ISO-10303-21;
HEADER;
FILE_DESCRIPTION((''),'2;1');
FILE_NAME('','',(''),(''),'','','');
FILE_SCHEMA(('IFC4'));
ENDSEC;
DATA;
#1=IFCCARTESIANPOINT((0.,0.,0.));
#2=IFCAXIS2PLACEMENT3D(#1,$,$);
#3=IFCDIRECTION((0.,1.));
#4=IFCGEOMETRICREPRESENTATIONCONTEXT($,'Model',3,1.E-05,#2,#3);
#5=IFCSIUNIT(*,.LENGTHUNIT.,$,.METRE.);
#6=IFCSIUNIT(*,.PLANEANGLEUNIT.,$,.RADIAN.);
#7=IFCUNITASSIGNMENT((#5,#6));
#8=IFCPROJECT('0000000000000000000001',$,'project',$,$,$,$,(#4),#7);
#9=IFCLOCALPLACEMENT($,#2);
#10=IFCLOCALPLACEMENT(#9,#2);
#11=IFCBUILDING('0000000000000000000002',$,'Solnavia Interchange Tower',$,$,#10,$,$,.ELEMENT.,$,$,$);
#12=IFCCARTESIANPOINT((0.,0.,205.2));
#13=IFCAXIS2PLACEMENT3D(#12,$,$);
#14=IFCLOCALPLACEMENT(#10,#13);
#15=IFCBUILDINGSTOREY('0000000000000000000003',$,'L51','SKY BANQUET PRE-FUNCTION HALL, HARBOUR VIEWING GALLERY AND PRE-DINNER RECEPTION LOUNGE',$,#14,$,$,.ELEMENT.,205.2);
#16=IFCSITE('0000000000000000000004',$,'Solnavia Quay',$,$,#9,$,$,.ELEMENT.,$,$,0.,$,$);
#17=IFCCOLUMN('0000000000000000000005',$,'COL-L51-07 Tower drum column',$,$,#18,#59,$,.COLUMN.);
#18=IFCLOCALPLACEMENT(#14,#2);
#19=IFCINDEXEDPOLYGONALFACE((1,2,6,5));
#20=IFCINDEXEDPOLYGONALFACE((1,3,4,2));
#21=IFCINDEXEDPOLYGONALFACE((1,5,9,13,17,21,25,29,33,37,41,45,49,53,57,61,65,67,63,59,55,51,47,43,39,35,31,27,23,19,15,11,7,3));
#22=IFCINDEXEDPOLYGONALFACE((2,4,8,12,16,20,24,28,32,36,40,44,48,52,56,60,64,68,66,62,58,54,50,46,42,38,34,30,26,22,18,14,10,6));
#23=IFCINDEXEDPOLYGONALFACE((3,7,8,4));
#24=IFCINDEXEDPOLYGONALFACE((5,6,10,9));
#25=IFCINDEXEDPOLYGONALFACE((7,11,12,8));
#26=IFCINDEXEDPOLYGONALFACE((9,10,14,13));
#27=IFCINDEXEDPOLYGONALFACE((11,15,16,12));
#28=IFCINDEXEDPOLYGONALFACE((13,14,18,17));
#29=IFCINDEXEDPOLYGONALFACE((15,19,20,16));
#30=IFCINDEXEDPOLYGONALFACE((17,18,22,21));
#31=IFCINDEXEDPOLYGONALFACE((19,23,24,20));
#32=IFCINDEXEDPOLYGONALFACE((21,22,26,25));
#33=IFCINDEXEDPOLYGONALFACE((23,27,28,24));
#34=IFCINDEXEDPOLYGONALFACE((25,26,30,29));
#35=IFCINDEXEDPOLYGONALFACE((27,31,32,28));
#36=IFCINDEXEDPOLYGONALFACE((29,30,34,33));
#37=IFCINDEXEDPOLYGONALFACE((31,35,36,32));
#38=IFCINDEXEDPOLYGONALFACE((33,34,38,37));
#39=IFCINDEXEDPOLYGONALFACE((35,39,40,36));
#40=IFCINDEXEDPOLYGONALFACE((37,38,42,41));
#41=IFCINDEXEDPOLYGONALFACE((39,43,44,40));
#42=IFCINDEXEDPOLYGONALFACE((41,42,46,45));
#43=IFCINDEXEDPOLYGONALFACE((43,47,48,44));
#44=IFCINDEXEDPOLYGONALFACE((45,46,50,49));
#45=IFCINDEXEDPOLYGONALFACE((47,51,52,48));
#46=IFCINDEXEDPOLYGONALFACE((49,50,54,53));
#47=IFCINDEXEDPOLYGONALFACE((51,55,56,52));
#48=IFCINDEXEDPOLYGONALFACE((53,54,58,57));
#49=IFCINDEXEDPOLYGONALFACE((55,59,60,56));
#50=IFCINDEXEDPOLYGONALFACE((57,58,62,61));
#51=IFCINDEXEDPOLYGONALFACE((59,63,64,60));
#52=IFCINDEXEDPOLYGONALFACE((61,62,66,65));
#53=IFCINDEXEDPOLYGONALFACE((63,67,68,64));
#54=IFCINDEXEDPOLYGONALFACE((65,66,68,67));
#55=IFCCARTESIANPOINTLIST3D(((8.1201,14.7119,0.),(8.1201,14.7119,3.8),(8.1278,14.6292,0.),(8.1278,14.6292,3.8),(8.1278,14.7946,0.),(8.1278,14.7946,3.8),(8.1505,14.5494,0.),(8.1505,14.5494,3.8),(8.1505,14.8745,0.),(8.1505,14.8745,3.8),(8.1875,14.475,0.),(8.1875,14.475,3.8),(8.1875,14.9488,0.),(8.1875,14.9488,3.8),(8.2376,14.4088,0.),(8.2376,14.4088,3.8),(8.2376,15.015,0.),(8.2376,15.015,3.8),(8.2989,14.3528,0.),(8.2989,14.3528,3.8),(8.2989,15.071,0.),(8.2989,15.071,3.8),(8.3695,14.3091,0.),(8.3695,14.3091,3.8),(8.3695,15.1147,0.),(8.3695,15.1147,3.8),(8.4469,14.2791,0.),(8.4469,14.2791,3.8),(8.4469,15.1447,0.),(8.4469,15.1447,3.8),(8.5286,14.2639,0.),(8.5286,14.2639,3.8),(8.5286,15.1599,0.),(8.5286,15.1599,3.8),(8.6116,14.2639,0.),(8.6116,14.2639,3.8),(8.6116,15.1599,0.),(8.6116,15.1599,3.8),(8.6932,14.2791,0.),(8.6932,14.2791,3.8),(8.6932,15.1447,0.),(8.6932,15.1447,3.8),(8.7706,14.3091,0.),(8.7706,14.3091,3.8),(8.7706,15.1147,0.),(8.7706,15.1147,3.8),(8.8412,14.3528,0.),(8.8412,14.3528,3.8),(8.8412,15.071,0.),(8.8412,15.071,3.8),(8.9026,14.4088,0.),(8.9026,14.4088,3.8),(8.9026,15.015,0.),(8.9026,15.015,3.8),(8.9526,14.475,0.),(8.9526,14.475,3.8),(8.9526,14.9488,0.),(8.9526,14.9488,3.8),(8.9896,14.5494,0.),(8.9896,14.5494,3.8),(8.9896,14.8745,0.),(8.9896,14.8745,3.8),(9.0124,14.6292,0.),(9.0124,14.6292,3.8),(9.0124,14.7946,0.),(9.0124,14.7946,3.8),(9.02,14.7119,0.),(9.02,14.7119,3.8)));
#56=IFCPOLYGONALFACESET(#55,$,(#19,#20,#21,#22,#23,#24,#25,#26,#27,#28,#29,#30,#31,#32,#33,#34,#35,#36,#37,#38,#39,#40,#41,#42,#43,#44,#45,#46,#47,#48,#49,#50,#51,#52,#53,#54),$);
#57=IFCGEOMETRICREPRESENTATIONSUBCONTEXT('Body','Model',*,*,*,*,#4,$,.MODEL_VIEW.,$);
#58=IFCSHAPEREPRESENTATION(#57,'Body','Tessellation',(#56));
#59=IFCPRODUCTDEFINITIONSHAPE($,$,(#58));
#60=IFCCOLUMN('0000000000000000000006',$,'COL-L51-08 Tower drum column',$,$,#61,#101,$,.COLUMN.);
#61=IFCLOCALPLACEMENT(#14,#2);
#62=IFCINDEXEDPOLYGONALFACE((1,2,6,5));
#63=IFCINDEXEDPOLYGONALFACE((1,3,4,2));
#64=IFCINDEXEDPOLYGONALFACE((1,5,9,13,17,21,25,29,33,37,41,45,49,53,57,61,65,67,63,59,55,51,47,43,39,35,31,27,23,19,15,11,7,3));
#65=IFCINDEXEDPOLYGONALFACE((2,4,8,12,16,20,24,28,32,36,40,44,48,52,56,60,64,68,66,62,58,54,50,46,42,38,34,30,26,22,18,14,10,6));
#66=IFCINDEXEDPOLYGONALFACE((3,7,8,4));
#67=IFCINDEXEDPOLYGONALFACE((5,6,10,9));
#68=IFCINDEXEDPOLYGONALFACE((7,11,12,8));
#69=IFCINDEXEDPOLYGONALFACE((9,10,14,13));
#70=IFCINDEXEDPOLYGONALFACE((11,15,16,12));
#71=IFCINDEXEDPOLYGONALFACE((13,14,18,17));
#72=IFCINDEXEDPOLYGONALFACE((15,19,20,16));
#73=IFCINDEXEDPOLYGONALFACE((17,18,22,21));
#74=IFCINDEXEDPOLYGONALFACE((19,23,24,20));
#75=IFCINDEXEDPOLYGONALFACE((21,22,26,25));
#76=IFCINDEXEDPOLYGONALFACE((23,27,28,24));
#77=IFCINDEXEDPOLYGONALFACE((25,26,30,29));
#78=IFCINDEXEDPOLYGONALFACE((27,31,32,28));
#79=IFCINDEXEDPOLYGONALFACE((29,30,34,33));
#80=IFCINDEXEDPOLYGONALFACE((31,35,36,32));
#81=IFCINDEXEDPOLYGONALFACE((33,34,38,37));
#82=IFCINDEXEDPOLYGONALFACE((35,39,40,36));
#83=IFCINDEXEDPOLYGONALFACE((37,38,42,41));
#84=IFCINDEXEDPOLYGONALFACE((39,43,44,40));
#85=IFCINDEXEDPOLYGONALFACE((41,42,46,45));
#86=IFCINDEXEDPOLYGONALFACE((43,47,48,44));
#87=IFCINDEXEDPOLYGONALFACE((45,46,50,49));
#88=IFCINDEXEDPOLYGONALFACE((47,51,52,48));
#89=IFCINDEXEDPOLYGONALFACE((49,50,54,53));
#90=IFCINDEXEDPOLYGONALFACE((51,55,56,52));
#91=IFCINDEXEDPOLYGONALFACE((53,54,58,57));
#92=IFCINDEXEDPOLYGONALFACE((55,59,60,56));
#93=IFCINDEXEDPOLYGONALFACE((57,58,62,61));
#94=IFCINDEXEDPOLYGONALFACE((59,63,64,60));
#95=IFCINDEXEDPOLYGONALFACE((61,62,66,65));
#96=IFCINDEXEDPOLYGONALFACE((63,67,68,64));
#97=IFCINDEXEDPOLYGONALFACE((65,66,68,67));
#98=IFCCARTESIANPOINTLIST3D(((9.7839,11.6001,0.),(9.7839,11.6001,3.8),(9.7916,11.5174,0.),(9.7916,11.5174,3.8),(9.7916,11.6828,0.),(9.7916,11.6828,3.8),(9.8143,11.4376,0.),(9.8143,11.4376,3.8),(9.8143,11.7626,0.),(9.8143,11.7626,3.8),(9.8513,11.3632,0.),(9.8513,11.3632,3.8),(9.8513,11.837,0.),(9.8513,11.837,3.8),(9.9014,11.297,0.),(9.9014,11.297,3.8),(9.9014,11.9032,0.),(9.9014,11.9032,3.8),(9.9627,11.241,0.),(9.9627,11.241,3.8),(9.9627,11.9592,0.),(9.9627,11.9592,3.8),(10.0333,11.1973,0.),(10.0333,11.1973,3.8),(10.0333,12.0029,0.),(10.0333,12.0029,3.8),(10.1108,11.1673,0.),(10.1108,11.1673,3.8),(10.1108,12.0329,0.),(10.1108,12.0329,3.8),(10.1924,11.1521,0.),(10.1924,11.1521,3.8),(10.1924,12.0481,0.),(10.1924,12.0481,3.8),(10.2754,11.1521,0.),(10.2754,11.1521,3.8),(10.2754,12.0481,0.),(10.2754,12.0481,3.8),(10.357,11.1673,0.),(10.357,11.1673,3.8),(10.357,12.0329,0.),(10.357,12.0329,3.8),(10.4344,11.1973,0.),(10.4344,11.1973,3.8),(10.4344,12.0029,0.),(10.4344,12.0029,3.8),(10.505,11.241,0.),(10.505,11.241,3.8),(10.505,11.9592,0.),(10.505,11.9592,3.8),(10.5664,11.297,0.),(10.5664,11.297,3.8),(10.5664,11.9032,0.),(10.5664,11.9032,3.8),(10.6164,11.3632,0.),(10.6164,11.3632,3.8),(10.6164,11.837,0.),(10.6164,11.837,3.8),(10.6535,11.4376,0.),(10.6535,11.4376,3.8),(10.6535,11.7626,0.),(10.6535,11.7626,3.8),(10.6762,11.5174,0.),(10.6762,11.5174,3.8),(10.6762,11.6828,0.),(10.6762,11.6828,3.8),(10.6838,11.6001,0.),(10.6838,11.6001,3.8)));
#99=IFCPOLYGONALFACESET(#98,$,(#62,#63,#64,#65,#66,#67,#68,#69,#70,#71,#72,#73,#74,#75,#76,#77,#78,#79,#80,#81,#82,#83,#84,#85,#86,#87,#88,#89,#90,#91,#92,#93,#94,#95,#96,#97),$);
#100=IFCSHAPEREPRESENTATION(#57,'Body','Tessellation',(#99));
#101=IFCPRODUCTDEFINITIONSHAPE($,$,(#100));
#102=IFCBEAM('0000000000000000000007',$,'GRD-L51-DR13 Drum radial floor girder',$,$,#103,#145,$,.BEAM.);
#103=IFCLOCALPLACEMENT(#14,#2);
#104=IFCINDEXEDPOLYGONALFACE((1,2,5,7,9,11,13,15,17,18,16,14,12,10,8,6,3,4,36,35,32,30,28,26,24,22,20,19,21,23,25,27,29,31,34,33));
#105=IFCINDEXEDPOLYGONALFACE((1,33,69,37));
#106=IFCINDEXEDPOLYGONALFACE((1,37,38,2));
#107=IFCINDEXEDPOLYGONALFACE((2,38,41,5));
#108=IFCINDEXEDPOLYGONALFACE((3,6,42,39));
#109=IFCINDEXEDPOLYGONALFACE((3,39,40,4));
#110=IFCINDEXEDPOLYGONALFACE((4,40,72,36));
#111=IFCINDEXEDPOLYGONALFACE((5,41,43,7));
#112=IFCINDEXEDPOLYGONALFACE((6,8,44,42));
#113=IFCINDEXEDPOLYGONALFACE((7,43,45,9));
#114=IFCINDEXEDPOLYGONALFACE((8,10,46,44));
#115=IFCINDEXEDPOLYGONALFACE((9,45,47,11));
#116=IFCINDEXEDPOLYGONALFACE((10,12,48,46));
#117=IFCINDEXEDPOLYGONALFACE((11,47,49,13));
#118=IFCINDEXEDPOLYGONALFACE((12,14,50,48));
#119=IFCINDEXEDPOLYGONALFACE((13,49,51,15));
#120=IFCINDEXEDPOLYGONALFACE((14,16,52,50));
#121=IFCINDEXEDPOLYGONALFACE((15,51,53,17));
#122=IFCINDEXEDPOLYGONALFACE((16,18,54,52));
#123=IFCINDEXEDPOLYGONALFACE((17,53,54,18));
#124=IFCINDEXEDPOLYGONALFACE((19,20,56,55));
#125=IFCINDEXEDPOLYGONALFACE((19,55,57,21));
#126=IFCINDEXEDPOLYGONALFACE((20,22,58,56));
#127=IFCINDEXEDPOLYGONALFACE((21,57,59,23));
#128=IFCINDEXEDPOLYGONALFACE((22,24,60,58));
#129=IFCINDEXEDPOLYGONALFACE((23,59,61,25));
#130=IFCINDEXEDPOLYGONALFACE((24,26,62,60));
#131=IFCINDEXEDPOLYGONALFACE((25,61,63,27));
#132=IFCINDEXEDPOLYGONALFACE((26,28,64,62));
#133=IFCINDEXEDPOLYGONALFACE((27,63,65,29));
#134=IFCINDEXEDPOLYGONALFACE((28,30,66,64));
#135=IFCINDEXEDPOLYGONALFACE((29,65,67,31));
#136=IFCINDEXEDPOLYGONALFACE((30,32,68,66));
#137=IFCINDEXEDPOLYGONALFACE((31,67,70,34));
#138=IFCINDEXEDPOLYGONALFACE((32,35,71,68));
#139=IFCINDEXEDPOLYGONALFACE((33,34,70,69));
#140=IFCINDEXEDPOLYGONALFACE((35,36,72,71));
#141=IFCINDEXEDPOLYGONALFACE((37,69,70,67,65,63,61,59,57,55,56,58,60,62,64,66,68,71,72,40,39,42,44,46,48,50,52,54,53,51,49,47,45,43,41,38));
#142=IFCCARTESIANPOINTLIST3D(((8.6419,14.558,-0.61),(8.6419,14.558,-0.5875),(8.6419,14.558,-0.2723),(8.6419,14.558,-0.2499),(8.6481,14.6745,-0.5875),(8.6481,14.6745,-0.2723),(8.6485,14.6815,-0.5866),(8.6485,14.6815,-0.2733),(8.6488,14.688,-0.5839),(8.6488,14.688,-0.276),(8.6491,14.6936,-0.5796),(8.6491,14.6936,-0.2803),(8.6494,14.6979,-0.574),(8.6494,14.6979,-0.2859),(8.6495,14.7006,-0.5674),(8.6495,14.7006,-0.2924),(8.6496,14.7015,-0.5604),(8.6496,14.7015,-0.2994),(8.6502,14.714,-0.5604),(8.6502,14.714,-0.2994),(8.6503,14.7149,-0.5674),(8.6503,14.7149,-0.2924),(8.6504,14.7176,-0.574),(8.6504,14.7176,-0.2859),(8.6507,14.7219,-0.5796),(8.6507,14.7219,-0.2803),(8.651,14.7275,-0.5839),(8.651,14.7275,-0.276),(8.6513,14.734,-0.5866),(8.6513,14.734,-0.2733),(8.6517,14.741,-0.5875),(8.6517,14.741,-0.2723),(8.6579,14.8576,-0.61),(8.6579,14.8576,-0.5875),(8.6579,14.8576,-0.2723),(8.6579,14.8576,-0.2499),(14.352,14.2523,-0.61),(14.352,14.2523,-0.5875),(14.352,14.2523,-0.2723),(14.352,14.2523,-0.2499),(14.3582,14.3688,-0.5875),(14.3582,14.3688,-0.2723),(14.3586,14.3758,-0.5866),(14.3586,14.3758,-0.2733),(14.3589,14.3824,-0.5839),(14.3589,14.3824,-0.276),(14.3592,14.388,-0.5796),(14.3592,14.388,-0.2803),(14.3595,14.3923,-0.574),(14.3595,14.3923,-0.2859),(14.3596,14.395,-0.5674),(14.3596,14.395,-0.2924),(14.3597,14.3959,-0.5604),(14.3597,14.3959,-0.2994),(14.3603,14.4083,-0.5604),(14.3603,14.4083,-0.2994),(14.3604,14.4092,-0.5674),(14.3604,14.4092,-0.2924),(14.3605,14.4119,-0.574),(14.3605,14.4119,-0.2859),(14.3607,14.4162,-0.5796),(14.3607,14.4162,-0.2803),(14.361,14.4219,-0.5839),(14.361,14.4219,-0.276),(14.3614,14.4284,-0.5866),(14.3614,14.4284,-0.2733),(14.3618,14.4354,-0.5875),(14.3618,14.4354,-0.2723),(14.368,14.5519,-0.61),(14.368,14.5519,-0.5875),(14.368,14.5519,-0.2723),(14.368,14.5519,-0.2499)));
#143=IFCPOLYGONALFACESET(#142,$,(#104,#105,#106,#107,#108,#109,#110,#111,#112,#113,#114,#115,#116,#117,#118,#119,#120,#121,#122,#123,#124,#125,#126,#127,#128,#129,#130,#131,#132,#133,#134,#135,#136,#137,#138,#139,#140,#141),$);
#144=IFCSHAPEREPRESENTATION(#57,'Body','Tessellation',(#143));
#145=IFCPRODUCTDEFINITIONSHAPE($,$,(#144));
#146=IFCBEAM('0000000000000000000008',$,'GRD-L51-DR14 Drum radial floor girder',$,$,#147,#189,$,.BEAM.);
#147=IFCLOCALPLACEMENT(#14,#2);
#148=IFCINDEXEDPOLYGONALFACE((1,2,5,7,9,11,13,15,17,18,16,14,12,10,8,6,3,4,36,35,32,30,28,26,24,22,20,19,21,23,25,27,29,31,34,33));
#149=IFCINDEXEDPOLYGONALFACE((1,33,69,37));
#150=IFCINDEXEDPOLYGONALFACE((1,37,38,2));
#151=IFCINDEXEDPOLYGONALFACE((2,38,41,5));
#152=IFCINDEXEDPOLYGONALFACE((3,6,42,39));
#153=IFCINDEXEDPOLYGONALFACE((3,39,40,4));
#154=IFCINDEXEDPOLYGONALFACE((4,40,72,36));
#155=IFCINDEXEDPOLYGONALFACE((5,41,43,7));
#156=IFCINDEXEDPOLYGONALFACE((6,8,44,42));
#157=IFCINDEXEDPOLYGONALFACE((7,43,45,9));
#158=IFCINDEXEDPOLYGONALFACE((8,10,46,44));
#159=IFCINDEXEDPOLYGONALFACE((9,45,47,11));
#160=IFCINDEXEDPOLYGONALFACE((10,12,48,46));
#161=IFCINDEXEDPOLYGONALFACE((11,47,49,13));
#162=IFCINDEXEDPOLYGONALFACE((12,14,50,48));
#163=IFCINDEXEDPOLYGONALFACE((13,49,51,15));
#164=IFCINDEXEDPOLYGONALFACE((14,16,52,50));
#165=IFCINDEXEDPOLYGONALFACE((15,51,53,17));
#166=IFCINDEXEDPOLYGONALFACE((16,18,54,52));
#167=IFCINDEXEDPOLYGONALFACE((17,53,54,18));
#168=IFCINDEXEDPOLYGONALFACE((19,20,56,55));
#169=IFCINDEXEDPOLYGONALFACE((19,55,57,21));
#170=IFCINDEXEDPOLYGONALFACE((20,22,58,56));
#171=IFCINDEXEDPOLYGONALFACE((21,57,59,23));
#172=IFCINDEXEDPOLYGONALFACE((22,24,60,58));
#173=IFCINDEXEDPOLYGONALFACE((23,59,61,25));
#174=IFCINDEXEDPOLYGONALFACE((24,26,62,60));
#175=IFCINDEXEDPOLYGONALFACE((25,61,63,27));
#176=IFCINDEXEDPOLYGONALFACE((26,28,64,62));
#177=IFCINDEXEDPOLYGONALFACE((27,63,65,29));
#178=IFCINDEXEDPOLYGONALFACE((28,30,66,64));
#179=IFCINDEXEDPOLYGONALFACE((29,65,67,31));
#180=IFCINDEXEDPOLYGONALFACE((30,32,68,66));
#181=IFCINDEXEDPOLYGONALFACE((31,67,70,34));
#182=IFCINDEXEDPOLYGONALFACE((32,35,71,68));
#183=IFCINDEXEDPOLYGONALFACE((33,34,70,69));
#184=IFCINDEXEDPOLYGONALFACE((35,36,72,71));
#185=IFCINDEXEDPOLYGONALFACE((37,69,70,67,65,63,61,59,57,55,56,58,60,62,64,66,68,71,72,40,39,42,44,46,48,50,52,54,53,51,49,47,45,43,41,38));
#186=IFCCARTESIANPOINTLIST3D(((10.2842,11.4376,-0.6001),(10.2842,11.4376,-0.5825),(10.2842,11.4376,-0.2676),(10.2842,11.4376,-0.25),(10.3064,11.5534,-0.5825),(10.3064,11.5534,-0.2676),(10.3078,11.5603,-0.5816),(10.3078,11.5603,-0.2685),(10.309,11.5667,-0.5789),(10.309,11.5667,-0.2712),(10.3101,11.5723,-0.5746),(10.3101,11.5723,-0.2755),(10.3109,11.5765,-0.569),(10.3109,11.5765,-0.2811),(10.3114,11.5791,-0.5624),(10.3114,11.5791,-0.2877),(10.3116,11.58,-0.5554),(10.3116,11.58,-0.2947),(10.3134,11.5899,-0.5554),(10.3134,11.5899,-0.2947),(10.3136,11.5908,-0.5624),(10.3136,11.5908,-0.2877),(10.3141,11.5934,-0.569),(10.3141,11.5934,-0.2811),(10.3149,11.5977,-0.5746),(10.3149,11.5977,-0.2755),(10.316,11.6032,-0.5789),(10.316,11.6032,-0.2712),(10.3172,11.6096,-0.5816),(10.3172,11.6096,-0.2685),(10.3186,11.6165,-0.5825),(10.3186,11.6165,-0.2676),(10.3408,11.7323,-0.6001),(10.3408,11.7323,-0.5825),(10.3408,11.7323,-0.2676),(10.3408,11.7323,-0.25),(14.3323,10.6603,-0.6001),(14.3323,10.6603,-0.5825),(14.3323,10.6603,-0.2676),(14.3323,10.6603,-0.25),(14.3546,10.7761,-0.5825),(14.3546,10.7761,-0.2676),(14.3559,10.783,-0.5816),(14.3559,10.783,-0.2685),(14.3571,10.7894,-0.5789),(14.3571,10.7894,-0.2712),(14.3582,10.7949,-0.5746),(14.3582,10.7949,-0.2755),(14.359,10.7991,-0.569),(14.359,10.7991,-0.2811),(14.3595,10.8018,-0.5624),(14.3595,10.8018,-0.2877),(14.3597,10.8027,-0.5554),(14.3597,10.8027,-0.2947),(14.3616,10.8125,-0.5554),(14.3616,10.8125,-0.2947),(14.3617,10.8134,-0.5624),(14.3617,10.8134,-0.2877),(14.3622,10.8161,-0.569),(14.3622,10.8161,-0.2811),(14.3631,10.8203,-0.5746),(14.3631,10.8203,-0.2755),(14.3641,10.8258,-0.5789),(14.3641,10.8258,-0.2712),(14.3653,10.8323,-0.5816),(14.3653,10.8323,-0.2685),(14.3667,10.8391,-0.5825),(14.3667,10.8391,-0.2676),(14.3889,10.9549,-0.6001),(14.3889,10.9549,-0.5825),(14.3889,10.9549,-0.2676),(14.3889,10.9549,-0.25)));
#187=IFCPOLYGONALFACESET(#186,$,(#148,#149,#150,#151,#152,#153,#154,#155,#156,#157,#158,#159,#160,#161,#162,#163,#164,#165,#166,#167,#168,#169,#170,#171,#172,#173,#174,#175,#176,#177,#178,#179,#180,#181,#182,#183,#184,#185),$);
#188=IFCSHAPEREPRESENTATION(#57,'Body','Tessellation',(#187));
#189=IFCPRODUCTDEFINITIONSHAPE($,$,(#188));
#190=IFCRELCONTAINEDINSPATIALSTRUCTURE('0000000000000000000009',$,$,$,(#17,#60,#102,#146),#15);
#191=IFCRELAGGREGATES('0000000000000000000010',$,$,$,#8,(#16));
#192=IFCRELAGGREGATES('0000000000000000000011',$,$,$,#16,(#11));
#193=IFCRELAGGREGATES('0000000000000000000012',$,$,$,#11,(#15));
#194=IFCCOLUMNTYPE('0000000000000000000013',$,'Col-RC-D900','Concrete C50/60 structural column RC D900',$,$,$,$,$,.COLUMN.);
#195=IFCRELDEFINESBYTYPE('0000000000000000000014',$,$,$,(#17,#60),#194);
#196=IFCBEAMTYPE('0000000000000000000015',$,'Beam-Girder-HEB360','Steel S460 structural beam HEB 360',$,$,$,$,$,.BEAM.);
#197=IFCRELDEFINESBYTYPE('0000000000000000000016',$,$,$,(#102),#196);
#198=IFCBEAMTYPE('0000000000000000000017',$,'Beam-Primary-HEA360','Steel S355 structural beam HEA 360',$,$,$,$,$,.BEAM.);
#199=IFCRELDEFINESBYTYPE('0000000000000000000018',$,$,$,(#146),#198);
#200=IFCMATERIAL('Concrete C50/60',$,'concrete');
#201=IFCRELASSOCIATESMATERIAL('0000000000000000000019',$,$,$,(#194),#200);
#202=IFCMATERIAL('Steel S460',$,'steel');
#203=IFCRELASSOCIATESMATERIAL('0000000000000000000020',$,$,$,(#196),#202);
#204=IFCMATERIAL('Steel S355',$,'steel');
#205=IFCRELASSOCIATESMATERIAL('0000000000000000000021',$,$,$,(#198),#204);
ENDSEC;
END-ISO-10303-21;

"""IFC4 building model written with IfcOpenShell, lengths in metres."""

from ifc_helpers import new_model, si_unit, direction, frame, origin, origin_2d, place, context, subcontext, project, spatial, circle, i_section, extrude, material, material_profile, profile_set, type_object, element, save


model = new_model("IFC4")

# Units and contexts
model_context = context("Model", 3, precision=1e-05, world=origin(), true_north=direction((0.0, 1.0)))
body_context = subcontext(model_context, "Body", "Model", "MODEL_VIEW")
ifc_project = project(units=[si_unit("LENGTHUNIT", "METRE"), si_unit("PLANEANGLEUNIT", "RADIAN")], contexts=[model_context])

# Site, building, storey
site_placement = place(None, origin())
site = spatial("IfcSite", under=ifc_project, at=site_placement, Name="Solnavia Quay", CompositionType="ELEMENT", RefElevation=0.0)
building_placement = place(site_placement, origin())
building = spatial("IfcBuilding", under=site, at=building_placement, Name="Solnavia Interchange Tower", CompositionType="ELEMENT")
storey_placement = place(building_placement, frame((0.0, 0.0, 205.2)))
storey = spatial("IfcBuildingStorey", under=building, at=storey_placement, Name="L51", Description="SKY BANQUET PRE-FUNCTION HALL, HARBOUR VIEWING GALLERY AND PRE-DINNER RECEPTION LOUNGE", CompositionType="ELEMENT", Elevation=205.2)

# Columns
ifc_material_1 = material(Name="Concrete C50/60", Category="concrete")
ifc_material_profile_1 = material_profile(ifc_material_1, circle(Radius=0.45, at=origin_2d()), Name="RC D900")
ifc_profile_set_1 = profile_set([ifc_material_profile_1], Name="Concrete C50/60")
column_type = type_object("IfcColumnType", Name="Col-RC-D900", Description="Concrete C50/60 structural column RC D900", PredefinedType="COLUMN", material=ifc_profile_set_1)
for number, where, z_axis, x_axis, name in (
    (1, (8.5701, 14.7119, 0.0), (0.0, 0.0, 1.0), (1.0, 0.0, 0.0), "COL-L51-07 Tower drum column"),
    (2, (10.2339, 11.6001, 0.0), (0.0, 0.0, 1.0), (1.0, 0.0, 0.0), "COL-L51-08 Tower drum column"),
):
    element("IfcColumn", number, at=place(storey_placement, frame(where, z_axis=z_axis, x_axis=x_axis)), inside=storey, type_object=column_type, Name=name, PredefinedType="COLUMN", context=body_context, shape_type="SweptSolid", body=[
        extrude(circle(Radius=0.45, at=origin_2d()), origin(), (0.0, 0.0, 1.0), 3.8),
    ])

# Beams
ifc_material_2 = material(Name="Steel S460", Category="steel")
ifc_material_profile_2 = material_profile(ifc_material_2, i_section(OverallWidth=0.3, OverallDepth=0.3601, WebThickness=0.0125, FlangeThickness=0.0225, FilletRadius=0.0271, at=origin_2d()), Name="HEB 360")
ifc_profile_set_2 = profile_set([ifc_material_profile_2], Name="Steel S460")
beam_type_1 = type_object("IfcBeamType", Name="Beam-Girder-HEB360", Description="Steel S460 structural beam HEB 360", PredefinedType="BEAM", material=ifc_profile_set_2)
beam_1_placement = place(storey_placement, frame((8.6499, 14.7078, -0.4299), z_axis=(0.99857, -0.053453, 0.0), x_axis=(0.053453, 0.99857, 0.0)))
element("IfcBeam", 3, at=beam_1_placement, inside=storey, type_object=beam_type_1, Name="GRD-L51-DR13 Drum radial floor girder", PredefinedType="BEAM", context=body_context, shape_type="SweptSolid", body=[
    extrude(i_section(OverallWidth=0.3, OverallDepth=0.3601, WebThickness=0.0125, FlangeThickness=0.0225, FilletRadius=0.0271, at=origin_2d()), origin(), (0.0, 0.0, 1.0), 5.7183),
])
ifc_material_3 = material(Name="Steel S355", Category="steel")
ifc_material_profile_3 = material_profile(ifc_material_3, i_section(OverallWidth=0.3, OverallDepth=0.3501, WebThickness=0.01, FlangeThickness=0.0176, FilletRadius=0.0271, at=origin_2d()), Name="HEA 360")
ifc_profile_set_3 = profile_set([ifc_material_profile_3], Name="Steel S355")
beam_type_2 = type_object("IfcBeamType", Name="Beam-Primary-HEA360", Description="Steel S355 structural beam HEA 360", PredefinedType="BEAM", material=ifc_profile_set_3)
beam_2_placement = place(storey_placement, frame((10.3125, 11.585, -0.425), z_axis=(0.982058, -0.188582, 0.0), x_axis=(0.188582, 0.982058, 0.0)))
element("IfcBeam", 4, at=beam_2_placement, inside=storey, type_object=beam_type_2, Name="GRD-L51-DR14 Drum radial floor girder", PredefinedType="BEAM", context=body_context, shape_type="SweptSolid", body=[
    extrude(i_section(OverallWidth=0.3, OverallDepth=0.3501, WebThickness=0.01, FlangeThickness=0.0176, FilletRadius=0.0271, at=origin_2d()), origin(), (0.0, 0.0, 1.0), 4.1221),
])

save(model, "model.ifc")
